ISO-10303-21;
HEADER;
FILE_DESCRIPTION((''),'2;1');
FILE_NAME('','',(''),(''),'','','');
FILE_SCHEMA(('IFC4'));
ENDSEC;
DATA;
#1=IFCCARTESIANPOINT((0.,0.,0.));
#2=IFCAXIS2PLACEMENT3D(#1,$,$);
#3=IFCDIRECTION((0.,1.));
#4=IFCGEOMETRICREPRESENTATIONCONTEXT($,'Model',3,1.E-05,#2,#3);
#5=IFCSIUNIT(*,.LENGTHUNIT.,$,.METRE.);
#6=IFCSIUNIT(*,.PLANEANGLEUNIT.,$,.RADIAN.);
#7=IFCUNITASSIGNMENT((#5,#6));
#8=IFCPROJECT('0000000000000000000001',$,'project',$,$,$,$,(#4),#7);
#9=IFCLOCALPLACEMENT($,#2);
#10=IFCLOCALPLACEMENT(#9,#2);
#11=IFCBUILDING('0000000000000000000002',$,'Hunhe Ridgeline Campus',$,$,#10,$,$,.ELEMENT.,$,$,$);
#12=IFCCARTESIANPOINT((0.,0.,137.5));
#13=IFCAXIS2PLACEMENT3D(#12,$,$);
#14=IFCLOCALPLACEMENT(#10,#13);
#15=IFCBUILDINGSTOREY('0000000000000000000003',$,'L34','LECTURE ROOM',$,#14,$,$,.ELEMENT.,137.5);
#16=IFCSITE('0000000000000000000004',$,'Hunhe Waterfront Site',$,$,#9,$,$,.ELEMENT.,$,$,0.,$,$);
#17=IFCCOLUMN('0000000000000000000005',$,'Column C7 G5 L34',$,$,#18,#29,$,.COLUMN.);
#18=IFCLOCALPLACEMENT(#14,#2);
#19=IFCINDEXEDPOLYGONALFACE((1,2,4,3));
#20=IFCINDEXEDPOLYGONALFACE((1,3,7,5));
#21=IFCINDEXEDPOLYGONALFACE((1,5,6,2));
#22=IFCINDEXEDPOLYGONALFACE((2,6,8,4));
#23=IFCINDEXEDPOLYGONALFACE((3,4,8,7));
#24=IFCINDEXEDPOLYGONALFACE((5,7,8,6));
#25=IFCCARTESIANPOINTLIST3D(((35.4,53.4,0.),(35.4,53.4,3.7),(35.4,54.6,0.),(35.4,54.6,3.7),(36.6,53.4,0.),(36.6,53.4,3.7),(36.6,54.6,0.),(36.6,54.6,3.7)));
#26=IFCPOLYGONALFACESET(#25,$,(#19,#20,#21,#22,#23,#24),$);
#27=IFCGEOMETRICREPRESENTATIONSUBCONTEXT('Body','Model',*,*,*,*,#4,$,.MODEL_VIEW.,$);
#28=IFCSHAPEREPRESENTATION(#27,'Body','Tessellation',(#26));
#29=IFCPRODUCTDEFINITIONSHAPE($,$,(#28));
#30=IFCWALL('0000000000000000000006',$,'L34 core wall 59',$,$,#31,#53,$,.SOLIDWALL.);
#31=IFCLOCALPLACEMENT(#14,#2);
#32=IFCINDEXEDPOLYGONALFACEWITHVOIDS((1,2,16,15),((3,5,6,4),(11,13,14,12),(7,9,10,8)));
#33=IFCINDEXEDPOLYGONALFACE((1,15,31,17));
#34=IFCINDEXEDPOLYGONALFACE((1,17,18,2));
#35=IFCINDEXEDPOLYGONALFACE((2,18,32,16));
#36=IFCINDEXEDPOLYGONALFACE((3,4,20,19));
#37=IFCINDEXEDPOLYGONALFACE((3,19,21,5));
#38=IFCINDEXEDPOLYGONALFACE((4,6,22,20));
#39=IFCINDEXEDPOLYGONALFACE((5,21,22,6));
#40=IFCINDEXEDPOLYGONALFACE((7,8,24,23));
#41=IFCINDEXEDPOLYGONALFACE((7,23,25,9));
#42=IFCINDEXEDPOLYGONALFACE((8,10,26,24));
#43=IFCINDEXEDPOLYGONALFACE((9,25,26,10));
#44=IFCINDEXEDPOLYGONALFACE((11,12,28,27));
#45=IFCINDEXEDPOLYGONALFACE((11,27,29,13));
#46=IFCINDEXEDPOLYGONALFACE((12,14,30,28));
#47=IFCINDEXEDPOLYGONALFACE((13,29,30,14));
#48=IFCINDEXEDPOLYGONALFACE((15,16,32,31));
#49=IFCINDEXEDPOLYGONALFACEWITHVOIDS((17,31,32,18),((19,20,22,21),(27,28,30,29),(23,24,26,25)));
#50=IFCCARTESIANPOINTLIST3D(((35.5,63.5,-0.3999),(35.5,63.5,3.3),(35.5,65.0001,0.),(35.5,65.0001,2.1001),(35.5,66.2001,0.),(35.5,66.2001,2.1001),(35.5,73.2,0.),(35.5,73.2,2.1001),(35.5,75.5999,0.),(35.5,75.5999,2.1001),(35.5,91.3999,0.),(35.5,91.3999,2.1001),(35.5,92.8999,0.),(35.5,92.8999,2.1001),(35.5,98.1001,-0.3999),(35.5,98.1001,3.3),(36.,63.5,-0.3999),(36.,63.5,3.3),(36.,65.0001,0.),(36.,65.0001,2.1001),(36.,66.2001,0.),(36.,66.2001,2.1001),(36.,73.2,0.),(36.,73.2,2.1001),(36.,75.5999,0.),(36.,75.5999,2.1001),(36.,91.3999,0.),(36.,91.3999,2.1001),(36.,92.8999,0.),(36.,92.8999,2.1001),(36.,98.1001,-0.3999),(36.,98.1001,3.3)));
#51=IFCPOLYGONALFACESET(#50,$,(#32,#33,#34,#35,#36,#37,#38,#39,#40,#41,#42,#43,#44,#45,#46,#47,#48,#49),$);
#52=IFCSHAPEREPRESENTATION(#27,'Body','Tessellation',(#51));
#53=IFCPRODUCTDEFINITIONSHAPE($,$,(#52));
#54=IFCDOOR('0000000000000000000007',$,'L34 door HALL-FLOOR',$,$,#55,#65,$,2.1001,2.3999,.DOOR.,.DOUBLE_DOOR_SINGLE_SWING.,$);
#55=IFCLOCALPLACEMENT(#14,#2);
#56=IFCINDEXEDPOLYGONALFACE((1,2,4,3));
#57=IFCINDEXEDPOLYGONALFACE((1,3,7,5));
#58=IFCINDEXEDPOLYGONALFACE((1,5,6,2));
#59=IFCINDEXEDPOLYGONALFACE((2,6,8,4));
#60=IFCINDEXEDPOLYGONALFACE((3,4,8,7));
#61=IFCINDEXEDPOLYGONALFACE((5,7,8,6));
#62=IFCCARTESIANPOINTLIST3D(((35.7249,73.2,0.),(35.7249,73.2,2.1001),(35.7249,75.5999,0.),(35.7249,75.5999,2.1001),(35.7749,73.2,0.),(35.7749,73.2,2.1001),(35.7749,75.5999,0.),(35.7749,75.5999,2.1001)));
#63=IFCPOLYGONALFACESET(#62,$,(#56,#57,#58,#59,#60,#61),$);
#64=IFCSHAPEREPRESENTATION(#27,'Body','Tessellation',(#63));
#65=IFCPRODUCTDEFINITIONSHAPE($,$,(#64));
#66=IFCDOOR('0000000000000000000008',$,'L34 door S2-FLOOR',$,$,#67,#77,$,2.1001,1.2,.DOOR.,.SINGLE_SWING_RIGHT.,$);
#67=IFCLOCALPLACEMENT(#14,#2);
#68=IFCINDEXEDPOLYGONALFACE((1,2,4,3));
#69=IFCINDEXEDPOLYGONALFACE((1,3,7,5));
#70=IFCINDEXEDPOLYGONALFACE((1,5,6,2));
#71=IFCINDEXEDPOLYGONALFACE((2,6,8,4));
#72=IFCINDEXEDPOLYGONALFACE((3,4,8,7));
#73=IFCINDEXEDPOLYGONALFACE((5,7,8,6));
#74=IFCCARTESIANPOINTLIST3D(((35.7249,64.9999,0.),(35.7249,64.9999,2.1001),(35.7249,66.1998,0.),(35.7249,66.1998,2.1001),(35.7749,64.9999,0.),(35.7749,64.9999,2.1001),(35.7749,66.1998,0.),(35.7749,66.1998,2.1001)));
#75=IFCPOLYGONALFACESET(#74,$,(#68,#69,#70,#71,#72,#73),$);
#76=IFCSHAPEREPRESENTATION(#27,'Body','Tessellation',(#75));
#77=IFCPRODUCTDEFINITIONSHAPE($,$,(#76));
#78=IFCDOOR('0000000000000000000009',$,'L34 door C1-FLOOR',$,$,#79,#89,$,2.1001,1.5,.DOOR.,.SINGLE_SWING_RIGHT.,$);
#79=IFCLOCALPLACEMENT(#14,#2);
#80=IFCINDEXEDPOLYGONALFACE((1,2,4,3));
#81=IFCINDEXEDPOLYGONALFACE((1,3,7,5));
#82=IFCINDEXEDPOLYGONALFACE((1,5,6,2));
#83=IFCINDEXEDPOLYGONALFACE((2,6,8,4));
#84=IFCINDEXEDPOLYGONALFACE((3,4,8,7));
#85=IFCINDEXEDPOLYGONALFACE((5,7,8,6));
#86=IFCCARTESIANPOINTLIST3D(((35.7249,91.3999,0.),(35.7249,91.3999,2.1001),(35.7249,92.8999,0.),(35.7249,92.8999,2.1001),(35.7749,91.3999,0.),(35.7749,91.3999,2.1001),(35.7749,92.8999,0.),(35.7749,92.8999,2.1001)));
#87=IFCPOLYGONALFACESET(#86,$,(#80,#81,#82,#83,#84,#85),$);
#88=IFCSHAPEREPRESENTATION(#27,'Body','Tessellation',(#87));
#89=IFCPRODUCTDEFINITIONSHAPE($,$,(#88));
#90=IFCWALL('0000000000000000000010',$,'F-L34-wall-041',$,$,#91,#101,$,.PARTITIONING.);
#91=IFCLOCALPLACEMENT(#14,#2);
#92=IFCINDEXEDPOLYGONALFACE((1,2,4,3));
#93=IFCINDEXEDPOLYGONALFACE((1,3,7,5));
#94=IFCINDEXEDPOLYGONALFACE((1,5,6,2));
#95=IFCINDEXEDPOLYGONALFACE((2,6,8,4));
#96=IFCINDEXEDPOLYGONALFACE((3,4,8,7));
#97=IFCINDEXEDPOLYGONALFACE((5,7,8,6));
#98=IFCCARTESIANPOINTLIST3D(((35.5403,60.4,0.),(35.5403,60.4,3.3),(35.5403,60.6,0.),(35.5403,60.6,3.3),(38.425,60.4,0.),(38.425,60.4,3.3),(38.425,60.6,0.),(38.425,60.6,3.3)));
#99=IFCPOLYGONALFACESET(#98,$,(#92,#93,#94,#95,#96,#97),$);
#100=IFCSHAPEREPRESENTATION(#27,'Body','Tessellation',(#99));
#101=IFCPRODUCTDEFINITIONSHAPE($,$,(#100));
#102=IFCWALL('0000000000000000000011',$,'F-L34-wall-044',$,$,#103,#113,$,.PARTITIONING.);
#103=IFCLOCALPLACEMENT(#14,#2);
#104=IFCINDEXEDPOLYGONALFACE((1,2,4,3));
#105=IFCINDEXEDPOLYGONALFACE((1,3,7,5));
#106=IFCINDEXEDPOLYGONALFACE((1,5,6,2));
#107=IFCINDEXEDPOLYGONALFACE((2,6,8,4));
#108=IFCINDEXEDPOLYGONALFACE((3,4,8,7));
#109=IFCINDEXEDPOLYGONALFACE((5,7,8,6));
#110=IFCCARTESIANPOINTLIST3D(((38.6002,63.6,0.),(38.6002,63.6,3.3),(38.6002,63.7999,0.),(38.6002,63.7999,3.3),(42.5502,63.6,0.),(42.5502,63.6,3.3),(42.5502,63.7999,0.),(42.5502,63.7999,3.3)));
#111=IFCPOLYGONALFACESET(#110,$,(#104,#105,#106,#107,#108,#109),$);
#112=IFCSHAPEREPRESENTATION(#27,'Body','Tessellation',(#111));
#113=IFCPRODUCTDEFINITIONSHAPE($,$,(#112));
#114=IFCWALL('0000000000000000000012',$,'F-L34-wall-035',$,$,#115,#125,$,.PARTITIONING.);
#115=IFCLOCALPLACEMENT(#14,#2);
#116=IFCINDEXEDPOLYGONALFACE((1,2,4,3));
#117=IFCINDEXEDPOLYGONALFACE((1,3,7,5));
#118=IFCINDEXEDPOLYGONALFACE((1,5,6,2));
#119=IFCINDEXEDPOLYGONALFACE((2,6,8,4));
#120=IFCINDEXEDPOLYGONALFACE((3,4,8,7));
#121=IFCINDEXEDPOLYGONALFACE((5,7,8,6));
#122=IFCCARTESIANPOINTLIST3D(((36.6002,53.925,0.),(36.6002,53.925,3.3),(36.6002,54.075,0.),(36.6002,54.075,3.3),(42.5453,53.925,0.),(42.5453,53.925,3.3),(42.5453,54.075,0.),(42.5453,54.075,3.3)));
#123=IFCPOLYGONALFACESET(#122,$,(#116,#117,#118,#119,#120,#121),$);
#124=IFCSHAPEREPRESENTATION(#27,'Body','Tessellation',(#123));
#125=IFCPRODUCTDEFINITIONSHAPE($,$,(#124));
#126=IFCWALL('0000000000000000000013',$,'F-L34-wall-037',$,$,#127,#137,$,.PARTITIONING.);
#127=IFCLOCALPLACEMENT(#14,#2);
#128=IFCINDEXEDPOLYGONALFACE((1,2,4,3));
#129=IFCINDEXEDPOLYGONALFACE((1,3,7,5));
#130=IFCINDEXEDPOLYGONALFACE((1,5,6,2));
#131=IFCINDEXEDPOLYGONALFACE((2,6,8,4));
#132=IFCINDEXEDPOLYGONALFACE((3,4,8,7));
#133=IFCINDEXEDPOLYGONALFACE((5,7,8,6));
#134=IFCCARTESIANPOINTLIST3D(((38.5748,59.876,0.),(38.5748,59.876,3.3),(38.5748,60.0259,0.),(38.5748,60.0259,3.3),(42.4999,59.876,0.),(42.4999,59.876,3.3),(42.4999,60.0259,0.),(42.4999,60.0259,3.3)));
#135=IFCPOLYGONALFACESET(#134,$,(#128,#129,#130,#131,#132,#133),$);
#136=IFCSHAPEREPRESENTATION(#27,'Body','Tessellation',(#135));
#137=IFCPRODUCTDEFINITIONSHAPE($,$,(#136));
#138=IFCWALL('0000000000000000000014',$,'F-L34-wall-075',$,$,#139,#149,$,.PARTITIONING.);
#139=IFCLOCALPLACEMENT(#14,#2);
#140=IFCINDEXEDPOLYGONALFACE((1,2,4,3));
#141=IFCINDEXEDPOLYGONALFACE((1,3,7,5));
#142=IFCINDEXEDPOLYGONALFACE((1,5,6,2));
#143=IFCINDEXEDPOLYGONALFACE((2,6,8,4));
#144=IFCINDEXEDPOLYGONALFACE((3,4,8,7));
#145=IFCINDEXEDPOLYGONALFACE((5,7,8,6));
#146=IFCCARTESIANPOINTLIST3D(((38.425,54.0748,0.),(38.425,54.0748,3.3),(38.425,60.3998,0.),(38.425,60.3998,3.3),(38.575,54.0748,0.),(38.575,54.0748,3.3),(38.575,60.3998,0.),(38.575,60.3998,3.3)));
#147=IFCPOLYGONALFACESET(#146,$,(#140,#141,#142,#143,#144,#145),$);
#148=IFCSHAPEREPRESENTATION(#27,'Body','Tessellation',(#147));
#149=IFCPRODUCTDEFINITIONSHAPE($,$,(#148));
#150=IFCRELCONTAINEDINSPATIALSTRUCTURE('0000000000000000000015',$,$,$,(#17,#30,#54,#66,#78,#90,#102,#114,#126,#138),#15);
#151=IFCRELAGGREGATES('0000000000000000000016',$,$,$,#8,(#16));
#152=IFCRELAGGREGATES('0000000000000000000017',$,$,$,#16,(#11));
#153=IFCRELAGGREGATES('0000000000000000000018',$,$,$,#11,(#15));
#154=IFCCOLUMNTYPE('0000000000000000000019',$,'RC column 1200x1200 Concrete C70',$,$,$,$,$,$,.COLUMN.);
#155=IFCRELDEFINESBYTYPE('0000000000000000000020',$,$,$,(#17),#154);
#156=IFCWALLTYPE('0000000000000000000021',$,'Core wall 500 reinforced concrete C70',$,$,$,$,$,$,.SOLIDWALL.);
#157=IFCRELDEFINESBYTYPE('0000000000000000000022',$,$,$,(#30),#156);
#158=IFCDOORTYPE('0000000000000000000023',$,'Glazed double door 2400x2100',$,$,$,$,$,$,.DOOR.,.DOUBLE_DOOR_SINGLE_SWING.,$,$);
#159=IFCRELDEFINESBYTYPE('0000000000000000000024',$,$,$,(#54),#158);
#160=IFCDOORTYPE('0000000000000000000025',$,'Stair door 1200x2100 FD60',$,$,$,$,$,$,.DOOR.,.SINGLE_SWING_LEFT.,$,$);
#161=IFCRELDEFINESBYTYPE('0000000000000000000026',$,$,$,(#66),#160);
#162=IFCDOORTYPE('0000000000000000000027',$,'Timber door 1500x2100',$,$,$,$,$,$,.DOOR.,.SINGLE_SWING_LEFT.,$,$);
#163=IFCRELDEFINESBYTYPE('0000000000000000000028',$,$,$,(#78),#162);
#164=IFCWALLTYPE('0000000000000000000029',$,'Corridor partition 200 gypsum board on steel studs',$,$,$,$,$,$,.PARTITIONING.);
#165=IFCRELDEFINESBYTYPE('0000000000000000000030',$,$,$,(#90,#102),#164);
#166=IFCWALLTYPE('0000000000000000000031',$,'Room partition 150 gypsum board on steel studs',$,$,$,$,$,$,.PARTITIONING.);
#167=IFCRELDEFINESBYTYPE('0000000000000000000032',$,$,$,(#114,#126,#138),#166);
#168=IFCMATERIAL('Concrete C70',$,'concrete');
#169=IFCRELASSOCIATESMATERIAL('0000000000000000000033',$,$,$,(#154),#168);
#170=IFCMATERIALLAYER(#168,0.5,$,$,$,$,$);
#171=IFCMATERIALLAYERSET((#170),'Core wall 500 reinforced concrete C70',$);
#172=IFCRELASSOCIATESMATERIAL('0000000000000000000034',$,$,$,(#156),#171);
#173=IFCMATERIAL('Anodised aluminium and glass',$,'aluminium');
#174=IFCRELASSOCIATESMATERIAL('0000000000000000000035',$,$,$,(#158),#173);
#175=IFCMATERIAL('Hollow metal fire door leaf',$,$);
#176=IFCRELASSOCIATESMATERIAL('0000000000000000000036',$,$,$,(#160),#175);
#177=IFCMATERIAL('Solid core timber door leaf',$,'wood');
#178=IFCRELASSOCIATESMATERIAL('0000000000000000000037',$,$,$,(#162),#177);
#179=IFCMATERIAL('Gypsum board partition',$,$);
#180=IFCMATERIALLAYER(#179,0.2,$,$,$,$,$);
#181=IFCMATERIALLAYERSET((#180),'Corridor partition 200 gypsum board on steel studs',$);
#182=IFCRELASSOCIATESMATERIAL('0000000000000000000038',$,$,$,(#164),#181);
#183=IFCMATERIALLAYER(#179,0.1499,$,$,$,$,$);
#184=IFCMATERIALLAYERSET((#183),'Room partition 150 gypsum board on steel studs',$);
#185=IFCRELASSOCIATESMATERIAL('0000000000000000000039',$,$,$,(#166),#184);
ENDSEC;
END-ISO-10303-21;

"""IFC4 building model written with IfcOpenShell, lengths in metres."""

from ifc_helpers import new_model, si_unit, direction, frame, frame_2d, origin, origin_2d, place, context, subcontext, project, spatial, rectangle, extrude, material, layer, layer_set, material_profile, profile_set, type_object, element, fill, save


model = new_model("IFC4")

# Units and contexts
model_context = context("Model", 3, precision=1e-05, world=origin(), true_north=direction((0.0, 1.0)))
body_context = subcontext(model_context, "Body", "Model", "MODEL_VIEW")
ifc_project = project(units=[si_unit("LENGTHUNIT", "METRE"), si_unit("PLANEANGLEUNIT", "RADIAN")], contexts=[model_context])

# Site, building, storey
site_placement = place(None, origin())
site = spatial("IfcSite", under=ifc_project, at=site_placement, Name="Hunhe Waterfront Site", CompositionType="ELEMENT", RefElevation=0.0)
building_placement = place(site_placement, origin())
building = spatial("IfcBuilding", under=site, at=building_placement, Name="Hunhe Ridgeline Campus", CompositionType="ELEMENT")
storey_placement = place(building_placement, frame((0.0, 0.0, 137.5)))
storey = spatial("IfcBuildingStorey", under=building, at=storey_placement, Name="L34", Description="LECTURE ROOM", CompositionType="ELEMENT", Elevation=137.5)

# Column
ifc_material_1 = material(Name="Concrete C70", Category="concrete")
ifc_material_profile = material_profile(ifc_material_1, rectangle(XDim=1.2, YDim=1.2, at=origin_2d()))
ifc_profile_set = profile_set([ifc_material_profile], Name="Concrete C70")
column_type = type_object("IfcColumnType", Name="RC column 1200x1200 Concrete C70", PredefinedType="COLUMN", material=ifc_profile_set)
column_placement = place(storey_placement, frame((36.0, 54.0, 0.0), z_axis=(0.0, 0.0, 1.0), x_axis=(1.0, 0.0, 0.0)))
element("IfcColumn", 1, at=column_placement, inside=storey, type_object=column_type, Name="Column C7 G5 L34", PredefinedType="COLUMN", context=body_context, shape_type="SweptSolid", body=[
    extrude(rectangle(XDim=1.2, YDim=1.2, at=origin_2d()), origin(), (0.0, 0.0, 1.0), 3.7),
])

# Wall, openings, doors
ifc_layer_1 = layer(ifc_material_1, 0.5)
ifc_layer_set_1 = layer_set([ifc_layer_1], Name="Core wall 500 reinforced concrete C70")
wall_type_1 = type_object("IfcWallType", Name="Core wall 500 reinforced concrete C70", PredefinedType="SOLIDWALL", material=ifc_layer_set_1)
wall_1_placement = place(storey_placement, frame((35.75, 63.5, -0.3999), z_axis=(0.0, 0.0, 1.0), x_axis=(0.0, 1.0, 0.0)))
wall_1 = element("IfcWall", 2, at=wall_1_placement, inside=storey, type_object=wall_type_1, Name="L34 core wall 59", PredefinedType="SOLIDWALL", context=body_context, shape_type="SweptSolid", body=[
    extrude(rectangle(XDim=34.6001, YDim=0.5, at=frame_2d((17.3, 0.0))), origin(), (0.0, 0.0, 1.0), 3.7),
])
opening_1_placement = place(wall_1_placement, frame((9.7, 0.0, 0.3999)))
opening_1 = element("IfcOpeningElement", 3, at=opening_1_placement, cuts=wall_1, PredefinedType="OPENING", context=body_context, shape_type="SweptSolid", body=[
    extrude(rectangle(XDim=2.3999, YDim=2.1001, at=frame_2d((1.2, 1.05))), frame((0.0, 0.25, 0.0), z_axis=(0.0, -1.0, 0.0), x_axis=(1.0, 0.0, 0.0)), (0.0, 0.0, 1.0), 0.5),
])
opening_2_placement = place(wall_1_placement, frame((27.8999, 0.0, 0.3999)))
opening_2 = element("IfcOpeningElement", 4, at=opening_2_placement, cuts=wall_1, PredefinedType="OPENING", context=body_context, shape_type="SweptSolid", body=[
    extrude(rectangle(XDim=1.5, YDim=2.1001, at=frame_2d((0.75, 1.05))), frame((0.0, 0.25, 0.0), z_axis=(0.0, -1.0, 0.0), x_axis=(1.0, 0.0, 0.0)), (0.0, 0.0, 1.0), 0.5),
])
opening_3_placement = place(wall_1_placement, frame((1.5, 0.0, 0.3999)))
opening_3 = element("IfcOpeningElement", 5, at=opening_3_placement, cuts=wall_1, PredefinedType="OPENING", context=body_context, shape_type="SweptSolid", body=[
    extrude(rectangle(XDim=1.2, YDim=2.1001, at=frame_2d((0.6001, 1.05))), frame((0.0, 0.25, 0.0), z_axis=(0.0, -1.0, 0.0), x_axis=(1.0, 0.0, 0.0)), (0.0, 0.0, 1.0), 0.5),
])
ifc_material_2 = material(Name="Anodised aluminium and glass", Category="aluminium")
door_type_1 = type_object("IfcDoorType", Name="Glazed double door 2400x2100", OperationType="DOUBLE_DOOR_SINGLE_SWING", PredefinedType="DOOR", material=ifc_material_2)
door_1_placement = place(opening_1_placement, frame((2.3999, 0.0, 0.0), z_axis=(0.0, 0.0, 1.0), x_axis=(-1.0, 0.0, 0.0)))
door_1 = element("IfcDoor", 6, at=door_1_placement, inside=storey, type_object=door_type_1, Name="L34 door HALL-FLOOR", OperationType="DOUBLE_DOOR_SINGLE_SWING", OverallHeight=2.1001, OverallWidth=2.3999, PredefinedType="DOOR", context=body_context, shape_type="SweptSolid", body=[
    extrude(rectangle(XDim=2.3999, YDim=2.1001, at=frame_2d((1.2, 1.05))), frame((0.0, 0.0249, 0.0), z_axis=(0.0, -1.0, 0.0), x_axis=(1.0, 0.0, 0.0)), (0.0, 0.0, 1.0), 0.05),
])
fill(opening_1, door_1)
ifc_material_3 = material(Name="Hollow metal fire door leaf")
door_type_2 = type_object("IfcDoorType", Name="Stair door 1200x2100 FD60", OperationType="SINGLE_SWING_LEFT", PredefinedType="DOOR", material=ifc_material_3)
door_2_placement = place(opening_3_placement, frame((1.2, 0.0, 0.0), z_axis=(0.0, 0.0, 1.0), x_axis=(-1.0, 0.0, 0.0)))
door_2 = element("IfcDoor", 7, at=door_2_placement, inside=storey, type_object=door_type_2, Name="L34 door S2-FLOOR", OperationType="SINGLE_SWING_RIGHT", OverallHeight=2.1001, OverallWidth=1.2, PredefinedType="DOOR", context=body_context, shape_type="SweptSolid", body=[
    extrude(rectangle(XDim=1.2, YDim=2.1001, at=frame_2d((0.6001, 1.05))), frame((0.0, 0.0249, 0.0), z_axis=(0.0, -1.0, 0.0), x_axis=(1.0, 0.0, 0.0)), (0.0, 0.0, 1.0), 0.05),
])
fill(opening_3, door_2)
ifc_material_4 = material(Name="Solid core timber door leaf", Category="wood")
door_type_3 = type_object("IfcDoorType", Name="Timber door 1500x2100", OperationType="SINGLE_SWING_LEFT", PredefinedType="DOOR", material=ifc_material_4)
door_3_placement = place(opening_2_placement, frame((1.5, 0.0, 0.0), z_axis=(0.0, 0.0, 1.0), x_axis=(-1.0, 0.0, 0.0)))
door_3 = element("IfcDoor", 8, at=door_3_placement, inside=storey, type_object=door_type_3, Name="L34 door C1-FLOOR", OperationType="SINGLE_SWING_RIGHT", OverallHeight=2.1001, OverallWidth=1.5, PredefinedType="DOOR", context=body_context, shape_type="SweptSolid", body=[
    extrude(rectangle(XDim=1.5, YDim=2.1001, at=frame_2d((0.75, 1.05))), frame((0.0, 0.0249, 0.0), z_axis=(0.0, -1.0, 0.0), x_axis=(1.0, 0.0, 0.0)), (0.0, 0.0, 1.0), 0.05),
])
fill(opening_2, door_3)

# Shared definitions
ifc_material_5 = material(Name="Gypsum board partition")
ifc_layer_2 = layer(ifc_material_5, 0.2)
ifc_layer_set_2 = layer_set([ifc_layer_2], Name="Corridor partition 200 gypsum board on steel studs")
wall_type_2 = type_object("IfcWallType", Name="Corridor partition 200 gypsum board on steel studs", PredefinedType="PARTITIONING", material=ifc_layer_set_2)

# Walls
wall_2_placement = place(storey_placement, frame((38.425, 60.5, 0.0), z_axis=(0.0, 0.0, 1.0), x_axis=(-1.0, 0.0, 0.0)))
element("IfcWall", 9, at=wall_2_placement, inside=storey, type_object=wall_type_2, Name="F-L34-wall-041", PredefinedType="PARTITIONING", context=body_context, shape_type="SweptSolid", body=[
    extrude(rectangle(XDim=2.8848, YDim=0.2, at=frame_2d((1.4424, 0.0))), origin(), (0.0, 0.0, 1.0), 3.3),
])
wall_3_placement = place(storey_placement, frame((38.6001, 63.7, 0.0), z_axis=(0.0, 0.0, 1.0), x_axis=(1.0, 0.0, 0.0)))
element("IfcWall", 10, at=wall_3_placement, inside=storey, type_object=wall_type_2, Name="F-L34-wall-044", PredefinedType="PARTITIONING", context=body_context, shape_type="SweptSolid", body=[
    extrude(rectangle(XDim=3.95, YDim=0.2, at=frame_2d((1.9751, 0.0))), origin(), (0.0, 0.0, 1.0), 3.3),
])

# Walls
ifc_layer_3 = layer(ifc_material_5, 0.1499)
ifc_layer_set_3 = layer_set([ifc_layer_3], Name="Room partition 150 gypsum board on steel studs")
wall_type_3 = type_object("IfcWallType", Name="Room partition 150 gypsum board on steel studs", PredefinedType="PARTITIONING", material=ifc_layer_set_3)
wall_4_placement = place(storey_placement, frame((36.6001, 54.0, 0.0), z_axis=(0.0, 0.0, 1.0), x_axis=(1.0, 0.0, 0.0)))
element("IfcWall", 11, at=wall_4_placement, inside=storey, type_object=wall_type_3, Name="F-L34-wall-035", PredefinedType="PARTITIONING", context=body_context, shape_type="SweptSolid", body=[
    extrude(rectangle(XDim=5.9451, YDim=0.1499, at=frame_2d((2.9727, 0.0))), origin(), (0.0, 0.0, 1.0), 3.3),
])
wall_5_placement = place(storey_placement, frame((38.575, 59.9509, 0.0), z_axis=(0.0, 0.0, 1.0), x_axis=(1.0, 0.0, 0.0)))
element("IfcWall", 12, at=wall_5_placement, inside=storey, type_object=wall_type_3, Name="F-L34-wall-037", PredefinedType="PARTITIONING", context=body_context, shape_type="SweptSolid", body=[
    extrude(rectangle(XDim=3.925, YDim=0.1499, at=frame_2d((1.9624, 0.0))), origin(), (0.0, 0.0, 1.0), 3.3),
])
wall_6_placement = place(storey_placement, frame((38.5, 60.3999, 0.0), z_axis=(0.0, 0.0, 1.0), x_axis=(0.0, -1.0, 0.0)))
element("IfcWall", 13, at=wall_6_placement, inside=storey, type_object=wall_type_3, Name="F-L34-wall-075", PredefinedType="PARTITIONING", context=body_context, shape_type="SweptSolid", body=[
    extrude(rectangle(XDim=6.325, YDim=0.1499, at=frame_2d((3.1626, 0.0))), origin(), (0.0, 0.0, 1.0), 3.3),
])

save(model, "model.ifc")
